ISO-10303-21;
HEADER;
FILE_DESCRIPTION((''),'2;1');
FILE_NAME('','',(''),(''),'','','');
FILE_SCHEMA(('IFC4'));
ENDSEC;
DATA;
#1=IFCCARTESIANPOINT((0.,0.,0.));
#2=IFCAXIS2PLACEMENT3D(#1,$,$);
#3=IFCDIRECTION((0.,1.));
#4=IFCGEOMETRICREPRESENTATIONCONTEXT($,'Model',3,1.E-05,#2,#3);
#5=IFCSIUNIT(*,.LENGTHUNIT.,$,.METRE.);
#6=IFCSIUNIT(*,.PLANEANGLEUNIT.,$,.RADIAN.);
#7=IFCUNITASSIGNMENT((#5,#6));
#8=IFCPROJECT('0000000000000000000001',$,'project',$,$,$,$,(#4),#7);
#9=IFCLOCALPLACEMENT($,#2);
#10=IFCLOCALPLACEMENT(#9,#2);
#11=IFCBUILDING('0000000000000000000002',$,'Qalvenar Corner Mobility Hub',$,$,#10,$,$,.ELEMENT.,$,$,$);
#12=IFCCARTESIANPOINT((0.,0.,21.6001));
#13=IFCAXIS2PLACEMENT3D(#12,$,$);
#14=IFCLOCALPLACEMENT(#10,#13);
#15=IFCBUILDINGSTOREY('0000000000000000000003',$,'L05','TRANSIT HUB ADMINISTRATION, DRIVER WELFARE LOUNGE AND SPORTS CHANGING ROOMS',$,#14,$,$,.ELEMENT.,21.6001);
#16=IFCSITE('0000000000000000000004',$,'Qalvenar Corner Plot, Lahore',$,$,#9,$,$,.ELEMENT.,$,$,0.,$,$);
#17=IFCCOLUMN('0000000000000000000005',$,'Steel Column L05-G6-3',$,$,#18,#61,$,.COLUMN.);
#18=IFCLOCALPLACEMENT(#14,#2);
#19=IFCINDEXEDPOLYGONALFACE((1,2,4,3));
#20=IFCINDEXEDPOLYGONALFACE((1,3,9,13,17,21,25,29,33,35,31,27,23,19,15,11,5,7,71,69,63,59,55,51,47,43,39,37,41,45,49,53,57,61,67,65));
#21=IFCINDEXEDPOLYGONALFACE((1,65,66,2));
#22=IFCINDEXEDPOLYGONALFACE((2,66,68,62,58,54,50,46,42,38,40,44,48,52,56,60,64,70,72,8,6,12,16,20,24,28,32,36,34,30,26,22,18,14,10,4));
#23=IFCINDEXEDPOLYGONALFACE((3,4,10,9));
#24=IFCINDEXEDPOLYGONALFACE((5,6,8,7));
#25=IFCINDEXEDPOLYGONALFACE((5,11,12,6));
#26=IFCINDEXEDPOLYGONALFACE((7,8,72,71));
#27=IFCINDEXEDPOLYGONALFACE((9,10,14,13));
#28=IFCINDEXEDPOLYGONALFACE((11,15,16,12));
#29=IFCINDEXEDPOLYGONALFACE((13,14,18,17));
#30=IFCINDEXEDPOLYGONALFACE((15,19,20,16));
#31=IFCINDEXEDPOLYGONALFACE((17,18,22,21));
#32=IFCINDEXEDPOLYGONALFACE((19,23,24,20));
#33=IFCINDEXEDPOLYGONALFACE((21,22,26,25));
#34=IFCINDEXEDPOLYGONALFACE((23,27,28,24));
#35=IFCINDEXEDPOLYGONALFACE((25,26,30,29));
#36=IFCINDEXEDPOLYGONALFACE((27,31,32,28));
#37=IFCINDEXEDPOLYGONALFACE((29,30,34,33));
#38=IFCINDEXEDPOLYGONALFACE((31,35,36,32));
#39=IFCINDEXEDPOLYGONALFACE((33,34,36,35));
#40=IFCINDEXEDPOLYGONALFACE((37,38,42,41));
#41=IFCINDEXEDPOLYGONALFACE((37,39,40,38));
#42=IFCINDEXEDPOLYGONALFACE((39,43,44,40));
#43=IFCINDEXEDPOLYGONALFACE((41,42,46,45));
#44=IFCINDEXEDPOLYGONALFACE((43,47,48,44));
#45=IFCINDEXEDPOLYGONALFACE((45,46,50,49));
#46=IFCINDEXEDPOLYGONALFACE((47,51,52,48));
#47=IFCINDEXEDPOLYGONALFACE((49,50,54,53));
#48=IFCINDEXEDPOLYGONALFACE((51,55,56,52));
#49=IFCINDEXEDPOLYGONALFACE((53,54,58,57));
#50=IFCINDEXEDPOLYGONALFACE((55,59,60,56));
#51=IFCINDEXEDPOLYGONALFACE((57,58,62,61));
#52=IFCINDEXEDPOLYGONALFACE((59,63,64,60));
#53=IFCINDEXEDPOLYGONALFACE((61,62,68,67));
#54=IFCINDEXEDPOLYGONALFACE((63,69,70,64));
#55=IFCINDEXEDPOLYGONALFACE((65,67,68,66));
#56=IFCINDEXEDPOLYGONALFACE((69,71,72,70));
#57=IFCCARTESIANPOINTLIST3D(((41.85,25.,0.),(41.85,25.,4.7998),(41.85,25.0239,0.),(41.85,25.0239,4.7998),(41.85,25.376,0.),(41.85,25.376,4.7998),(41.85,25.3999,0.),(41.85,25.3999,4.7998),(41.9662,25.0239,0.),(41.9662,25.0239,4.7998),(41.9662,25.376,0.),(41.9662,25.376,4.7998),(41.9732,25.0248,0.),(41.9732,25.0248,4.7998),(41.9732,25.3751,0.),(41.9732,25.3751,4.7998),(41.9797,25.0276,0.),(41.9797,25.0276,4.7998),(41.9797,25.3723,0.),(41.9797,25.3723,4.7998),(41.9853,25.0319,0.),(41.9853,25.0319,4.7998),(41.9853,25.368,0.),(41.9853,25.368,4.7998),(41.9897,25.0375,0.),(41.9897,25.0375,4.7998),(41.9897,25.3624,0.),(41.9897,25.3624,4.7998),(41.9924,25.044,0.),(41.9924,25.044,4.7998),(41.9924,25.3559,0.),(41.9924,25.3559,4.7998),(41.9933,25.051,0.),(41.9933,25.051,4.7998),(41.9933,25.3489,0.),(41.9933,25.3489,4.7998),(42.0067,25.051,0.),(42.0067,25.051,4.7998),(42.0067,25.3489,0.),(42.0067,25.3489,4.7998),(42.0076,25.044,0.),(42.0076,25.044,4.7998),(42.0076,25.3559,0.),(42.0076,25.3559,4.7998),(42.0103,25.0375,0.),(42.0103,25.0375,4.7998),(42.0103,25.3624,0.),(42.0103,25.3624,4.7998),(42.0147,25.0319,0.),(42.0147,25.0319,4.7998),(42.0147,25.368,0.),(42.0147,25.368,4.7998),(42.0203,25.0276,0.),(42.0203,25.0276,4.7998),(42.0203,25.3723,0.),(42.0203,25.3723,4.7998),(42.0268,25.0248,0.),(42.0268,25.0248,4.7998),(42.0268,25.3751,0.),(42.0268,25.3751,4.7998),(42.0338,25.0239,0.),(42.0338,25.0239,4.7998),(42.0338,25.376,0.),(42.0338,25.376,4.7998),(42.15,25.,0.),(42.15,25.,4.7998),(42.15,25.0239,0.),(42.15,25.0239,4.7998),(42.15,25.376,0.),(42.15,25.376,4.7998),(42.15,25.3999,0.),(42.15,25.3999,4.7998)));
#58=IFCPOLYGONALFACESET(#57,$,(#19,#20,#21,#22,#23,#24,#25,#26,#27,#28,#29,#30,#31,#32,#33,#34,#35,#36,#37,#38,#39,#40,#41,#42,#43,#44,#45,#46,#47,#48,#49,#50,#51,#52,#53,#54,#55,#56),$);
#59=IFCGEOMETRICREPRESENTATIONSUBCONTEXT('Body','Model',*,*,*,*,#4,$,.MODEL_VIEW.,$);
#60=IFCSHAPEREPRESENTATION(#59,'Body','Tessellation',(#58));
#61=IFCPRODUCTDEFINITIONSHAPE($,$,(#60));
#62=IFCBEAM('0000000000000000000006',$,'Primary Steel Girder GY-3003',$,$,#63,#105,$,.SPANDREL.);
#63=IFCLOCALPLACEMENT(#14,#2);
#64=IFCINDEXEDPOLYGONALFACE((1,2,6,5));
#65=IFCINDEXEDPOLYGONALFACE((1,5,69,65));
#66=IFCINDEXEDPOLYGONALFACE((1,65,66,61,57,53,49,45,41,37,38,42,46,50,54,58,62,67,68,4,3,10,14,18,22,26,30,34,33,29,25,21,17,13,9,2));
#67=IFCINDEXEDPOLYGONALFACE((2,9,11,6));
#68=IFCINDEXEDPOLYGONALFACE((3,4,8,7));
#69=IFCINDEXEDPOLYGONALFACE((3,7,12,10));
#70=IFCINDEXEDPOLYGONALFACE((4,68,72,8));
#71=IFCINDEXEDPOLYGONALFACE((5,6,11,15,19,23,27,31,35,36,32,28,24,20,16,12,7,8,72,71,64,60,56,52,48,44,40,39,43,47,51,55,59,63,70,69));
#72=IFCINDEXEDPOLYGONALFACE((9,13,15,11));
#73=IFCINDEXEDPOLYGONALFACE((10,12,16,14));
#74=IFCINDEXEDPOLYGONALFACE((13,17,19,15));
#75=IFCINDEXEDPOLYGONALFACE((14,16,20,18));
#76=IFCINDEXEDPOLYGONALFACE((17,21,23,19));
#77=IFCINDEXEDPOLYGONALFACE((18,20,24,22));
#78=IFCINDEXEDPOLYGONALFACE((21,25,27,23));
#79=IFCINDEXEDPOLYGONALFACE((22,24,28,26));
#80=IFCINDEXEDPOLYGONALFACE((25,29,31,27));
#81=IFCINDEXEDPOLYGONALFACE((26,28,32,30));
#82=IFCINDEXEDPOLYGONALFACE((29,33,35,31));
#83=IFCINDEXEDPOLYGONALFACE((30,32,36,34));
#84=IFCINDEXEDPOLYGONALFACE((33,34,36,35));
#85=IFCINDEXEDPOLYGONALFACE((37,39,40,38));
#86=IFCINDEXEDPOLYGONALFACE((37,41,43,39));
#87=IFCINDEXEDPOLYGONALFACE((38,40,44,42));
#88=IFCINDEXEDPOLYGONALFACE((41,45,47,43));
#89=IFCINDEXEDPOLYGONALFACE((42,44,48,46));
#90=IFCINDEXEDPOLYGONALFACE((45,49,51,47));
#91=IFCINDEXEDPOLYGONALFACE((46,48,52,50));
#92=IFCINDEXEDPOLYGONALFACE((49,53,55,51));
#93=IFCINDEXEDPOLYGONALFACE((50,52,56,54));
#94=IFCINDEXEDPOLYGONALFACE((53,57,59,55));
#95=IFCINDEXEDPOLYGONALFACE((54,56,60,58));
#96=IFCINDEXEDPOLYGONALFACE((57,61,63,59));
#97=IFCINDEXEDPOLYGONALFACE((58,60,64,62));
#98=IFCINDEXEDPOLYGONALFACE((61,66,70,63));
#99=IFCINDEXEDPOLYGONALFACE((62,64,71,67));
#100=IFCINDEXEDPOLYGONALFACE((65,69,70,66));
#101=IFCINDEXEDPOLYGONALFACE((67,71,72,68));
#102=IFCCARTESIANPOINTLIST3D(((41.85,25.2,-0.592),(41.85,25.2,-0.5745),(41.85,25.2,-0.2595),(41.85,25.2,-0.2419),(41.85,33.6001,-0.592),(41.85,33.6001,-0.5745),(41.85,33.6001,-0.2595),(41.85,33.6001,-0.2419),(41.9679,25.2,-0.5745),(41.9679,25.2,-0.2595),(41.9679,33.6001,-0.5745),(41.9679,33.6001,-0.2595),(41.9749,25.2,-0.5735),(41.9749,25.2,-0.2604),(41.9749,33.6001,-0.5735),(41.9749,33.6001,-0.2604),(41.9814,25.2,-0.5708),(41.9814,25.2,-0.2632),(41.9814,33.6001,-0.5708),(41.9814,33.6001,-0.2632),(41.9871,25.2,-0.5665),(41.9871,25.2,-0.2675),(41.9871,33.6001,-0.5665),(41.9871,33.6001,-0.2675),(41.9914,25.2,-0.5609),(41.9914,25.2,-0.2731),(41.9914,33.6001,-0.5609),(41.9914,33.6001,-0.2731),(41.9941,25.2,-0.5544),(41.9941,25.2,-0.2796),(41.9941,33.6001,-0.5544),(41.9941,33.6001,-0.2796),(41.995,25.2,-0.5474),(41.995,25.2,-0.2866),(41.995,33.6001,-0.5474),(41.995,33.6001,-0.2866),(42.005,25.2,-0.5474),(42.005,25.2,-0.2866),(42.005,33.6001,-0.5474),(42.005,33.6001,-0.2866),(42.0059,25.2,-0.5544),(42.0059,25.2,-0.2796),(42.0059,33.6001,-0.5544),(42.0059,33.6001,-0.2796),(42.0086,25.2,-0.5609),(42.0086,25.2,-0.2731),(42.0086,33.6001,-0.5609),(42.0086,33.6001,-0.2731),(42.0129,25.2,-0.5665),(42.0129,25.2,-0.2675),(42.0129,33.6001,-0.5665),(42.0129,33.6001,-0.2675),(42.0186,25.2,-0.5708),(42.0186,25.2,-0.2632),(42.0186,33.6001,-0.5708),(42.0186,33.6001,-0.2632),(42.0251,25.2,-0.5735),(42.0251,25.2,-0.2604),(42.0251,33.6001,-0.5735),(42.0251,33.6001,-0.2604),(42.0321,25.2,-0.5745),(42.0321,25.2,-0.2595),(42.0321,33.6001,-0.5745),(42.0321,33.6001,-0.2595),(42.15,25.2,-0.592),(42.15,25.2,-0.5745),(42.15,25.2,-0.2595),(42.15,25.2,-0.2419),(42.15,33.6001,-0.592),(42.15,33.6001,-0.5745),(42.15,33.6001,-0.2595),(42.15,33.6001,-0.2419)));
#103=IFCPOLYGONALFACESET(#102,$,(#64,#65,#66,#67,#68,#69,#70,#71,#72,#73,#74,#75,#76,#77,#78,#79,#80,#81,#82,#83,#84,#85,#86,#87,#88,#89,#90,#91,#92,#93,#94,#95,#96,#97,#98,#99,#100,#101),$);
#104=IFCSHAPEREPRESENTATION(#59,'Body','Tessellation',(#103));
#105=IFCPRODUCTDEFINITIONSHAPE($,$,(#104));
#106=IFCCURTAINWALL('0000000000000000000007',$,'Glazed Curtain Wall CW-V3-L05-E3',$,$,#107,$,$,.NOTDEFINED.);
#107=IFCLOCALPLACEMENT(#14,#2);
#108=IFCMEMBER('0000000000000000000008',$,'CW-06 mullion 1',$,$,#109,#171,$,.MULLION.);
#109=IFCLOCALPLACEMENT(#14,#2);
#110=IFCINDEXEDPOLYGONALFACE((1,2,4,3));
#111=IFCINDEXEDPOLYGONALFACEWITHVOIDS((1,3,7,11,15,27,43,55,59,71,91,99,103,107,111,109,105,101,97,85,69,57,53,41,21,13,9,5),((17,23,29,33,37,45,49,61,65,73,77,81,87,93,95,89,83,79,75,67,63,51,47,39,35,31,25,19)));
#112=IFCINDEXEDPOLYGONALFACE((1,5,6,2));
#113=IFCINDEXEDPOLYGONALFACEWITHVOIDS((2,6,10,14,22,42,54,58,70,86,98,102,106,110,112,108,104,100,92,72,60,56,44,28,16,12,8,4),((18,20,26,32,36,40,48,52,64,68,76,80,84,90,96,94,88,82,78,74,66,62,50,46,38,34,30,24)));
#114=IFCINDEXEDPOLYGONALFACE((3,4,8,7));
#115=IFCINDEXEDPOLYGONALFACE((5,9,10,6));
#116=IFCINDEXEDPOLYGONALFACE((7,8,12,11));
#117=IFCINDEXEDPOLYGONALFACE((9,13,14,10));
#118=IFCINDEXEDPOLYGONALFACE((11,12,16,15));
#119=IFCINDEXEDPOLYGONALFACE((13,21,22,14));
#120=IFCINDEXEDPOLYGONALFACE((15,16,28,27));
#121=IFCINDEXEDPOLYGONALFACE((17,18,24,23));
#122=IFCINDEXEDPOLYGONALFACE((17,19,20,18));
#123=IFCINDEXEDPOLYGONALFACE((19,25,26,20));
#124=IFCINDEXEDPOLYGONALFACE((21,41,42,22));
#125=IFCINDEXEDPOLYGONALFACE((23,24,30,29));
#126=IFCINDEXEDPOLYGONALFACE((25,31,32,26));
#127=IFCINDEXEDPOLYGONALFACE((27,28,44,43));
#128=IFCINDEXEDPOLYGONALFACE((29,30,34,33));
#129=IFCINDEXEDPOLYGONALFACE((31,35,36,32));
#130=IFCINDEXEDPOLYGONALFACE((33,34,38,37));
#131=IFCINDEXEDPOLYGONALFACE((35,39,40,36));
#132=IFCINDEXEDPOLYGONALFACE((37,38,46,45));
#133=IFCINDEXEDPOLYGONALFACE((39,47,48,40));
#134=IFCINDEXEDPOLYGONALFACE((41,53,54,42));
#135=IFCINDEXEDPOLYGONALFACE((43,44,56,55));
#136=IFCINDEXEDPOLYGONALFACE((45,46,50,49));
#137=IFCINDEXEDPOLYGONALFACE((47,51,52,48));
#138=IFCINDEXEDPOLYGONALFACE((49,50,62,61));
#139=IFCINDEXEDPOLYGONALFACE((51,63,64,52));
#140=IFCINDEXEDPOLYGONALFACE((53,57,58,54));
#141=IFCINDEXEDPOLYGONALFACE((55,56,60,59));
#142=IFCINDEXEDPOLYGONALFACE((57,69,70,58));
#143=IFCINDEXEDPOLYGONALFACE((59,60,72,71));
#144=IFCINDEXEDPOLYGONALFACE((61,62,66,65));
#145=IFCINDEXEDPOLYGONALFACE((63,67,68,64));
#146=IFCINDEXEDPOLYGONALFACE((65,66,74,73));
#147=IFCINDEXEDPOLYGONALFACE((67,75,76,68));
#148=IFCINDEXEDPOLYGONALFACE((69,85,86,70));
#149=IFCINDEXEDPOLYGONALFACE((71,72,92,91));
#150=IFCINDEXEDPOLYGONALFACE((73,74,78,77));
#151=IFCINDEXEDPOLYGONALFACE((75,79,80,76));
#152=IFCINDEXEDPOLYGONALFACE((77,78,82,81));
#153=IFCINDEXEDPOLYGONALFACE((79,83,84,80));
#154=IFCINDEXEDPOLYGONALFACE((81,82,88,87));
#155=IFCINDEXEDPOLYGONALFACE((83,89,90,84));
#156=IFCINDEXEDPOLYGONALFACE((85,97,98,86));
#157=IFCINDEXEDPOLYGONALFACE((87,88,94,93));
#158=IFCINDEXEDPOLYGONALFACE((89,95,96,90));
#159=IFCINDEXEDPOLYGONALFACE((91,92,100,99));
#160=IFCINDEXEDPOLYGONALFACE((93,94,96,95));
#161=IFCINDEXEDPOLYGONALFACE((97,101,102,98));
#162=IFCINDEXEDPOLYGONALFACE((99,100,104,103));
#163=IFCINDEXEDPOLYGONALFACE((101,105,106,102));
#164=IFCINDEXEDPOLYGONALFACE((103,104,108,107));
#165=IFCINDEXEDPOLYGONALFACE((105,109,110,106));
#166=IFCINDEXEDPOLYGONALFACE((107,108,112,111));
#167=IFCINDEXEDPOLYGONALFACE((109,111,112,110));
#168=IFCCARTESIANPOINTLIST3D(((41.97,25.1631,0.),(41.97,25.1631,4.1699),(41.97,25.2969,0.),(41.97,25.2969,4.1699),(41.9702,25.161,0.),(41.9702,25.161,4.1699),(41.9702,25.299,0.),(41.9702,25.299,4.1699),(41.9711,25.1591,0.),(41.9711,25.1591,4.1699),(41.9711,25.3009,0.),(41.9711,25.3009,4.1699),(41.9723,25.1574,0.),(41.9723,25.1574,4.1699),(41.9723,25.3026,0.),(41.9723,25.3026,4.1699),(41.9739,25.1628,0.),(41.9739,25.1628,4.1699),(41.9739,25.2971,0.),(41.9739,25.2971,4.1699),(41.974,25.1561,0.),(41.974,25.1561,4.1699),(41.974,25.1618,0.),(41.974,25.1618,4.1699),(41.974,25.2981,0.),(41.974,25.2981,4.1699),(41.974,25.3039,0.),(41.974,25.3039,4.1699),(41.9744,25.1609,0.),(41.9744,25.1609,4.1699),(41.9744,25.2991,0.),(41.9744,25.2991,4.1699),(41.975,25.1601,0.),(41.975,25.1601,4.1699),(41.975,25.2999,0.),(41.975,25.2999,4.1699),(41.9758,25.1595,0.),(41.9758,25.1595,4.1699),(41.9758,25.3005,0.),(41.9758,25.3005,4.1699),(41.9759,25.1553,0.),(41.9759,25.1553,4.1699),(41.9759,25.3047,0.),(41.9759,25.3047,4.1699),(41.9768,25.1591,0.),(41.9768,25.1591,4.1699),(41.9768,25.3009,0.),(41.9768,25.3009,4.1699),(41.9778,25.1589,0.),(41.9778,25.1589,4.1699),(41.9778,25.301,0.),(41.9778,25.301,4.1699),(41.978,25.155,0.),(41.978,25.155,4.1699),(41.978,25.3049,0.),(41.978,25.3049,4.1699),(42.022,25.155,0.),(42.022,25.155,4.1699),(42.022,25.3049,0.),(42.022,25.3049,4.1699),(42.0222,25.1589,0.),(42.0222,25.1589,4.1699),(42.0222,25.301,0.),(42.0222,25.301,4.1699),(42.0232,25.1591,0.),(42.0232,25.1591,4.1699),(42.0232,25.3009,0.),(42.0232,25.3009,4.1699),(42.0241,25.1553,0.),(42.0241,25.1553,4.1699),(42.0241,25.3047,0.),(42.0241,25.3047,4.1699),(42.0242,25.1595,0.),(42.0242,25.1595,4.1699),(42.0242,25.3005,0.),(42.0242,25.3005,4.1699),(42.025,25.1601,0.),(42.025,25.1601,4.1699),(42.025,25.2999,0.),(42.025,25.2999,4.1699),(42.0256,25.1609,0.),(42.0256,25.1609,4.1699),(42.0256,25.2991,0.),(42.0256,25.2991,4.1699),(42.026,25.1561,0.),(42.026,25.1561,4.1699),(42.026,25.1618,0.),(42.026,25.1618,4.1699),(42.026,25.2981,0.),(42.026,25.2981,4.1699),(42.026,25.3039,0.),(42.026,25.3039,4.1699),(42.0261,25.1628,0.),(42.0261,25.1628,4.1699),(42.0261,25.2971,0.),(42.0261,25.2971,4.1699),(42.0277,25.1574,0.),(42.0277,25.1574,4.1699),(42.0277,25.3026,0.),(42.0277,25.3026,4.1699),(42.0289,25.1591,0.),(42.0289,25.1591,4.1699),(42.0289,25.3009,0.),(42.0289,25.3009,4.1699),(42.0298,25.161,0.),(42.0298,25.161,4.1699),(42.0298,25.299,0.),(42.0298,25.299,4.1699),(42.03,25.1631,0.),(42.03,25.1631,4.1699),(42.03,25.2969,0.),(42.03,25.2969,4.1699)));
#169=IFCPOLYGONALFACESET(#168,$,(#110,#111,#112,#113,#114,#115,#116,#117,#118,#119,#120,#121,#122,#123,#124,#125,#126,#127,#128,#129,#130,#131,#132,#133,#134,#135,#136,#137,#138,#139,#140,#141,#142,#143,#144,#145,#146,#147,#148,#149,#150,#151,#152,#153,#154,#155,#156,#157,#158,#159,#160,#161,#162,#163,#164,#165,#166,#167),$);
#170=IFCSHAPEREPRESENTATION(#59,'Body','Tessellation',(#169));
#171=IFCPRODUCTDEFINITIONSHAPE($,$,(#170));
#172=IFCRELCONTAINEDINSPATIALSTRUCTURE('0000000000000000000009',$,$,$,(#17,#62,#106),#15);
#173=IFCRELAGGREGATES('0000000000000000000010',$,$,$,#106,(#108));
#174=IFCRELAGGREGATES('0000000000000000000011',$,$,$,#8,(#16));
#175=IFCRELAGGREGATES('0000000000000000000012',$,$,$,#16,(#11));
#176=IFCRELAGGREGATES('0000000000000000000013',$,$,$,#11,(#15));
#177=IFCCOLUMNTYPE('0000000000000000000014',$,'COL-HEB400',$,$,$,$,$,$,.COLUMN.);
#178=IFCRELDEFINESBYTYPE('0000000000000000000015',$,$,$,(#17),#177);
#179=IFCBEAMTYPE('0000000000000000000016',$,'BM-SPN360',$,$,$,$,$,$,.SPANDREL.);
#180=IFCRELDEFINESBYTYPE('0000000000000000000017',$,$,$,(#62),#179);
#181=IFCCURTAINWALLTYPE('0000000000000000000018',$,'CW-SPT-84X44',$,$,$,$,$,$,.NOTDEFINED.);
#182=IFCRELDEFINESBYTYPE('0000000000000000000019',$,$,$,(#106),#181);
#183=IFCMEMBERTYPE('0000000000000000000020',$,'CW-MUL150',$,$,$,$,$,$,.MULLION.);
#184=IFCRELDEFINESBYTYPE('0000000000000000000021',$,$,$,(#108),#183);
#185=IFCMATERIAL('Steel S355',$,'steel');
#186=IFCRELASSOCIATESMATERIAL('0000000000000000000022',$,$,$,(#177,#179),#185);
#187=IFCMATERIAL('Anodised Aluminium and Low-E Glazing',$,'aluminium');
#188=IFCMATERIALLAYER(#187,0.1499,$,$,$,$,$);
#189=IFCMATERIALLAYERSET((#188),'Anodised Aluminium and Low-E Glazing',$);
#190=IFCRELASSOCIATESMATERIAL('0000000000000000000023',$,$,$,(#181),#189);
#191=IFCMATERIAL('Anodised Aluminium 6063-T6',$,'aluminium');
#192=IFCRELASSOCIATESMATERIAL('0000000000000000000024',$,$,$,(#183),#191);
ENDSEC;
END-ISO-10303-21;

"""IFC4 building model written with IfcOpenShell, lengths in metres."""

from ifc_helpers import new_model, si_unit, direction, frame, origin, origin_2d, place, context, subcontext, project, spatial, hollow_rectangle, i_section, extrude, material, layer, layer_set, material_profile, profile_set, type_object, element, aggregate, save


model = new_model("IFC4")

# Units and contexts
model_context = context("Model", 3, precision=1e-05, world=origin(), true_north=direction((0.0, 1.0)))
body_context = subcontext(model_context, "Body", "Model", "MODEL_VIEW")
ifc_project = project(units=[si_unit("LENGTHUNIT", "METRE"), si_unit("PLANEANGLEUNIT", "RADIAN")], contexts=[model_context])

# Site, building, storey
site_placement = place(None, origin())
site = spatial("IfcSite", under=ifc_project, at=site_placement, Name="Qalvenar Corner Plot, Lahore", CompositionType="ELEMENT", RefElevation=0.0)
building_placement = place(site_placement, origin())
building = spatial("IfcBuilding", under=site, at=building_placement, Name="Qalvenar Corner Mobility Hub", CompositionType="ELEMENT")
storey_placement = place(building_placement, frame((0.0, 0.0, 21.6001)))
storey = spatial("IfcBuildingStorey", under=building, at=storey_placement, Name="L05", Description="TRANSIT HUB ADMINISTRATION, DRIVER WELFARE LOUNGE AND SPORTS CHANGING ROOMS", CompositionType="ELEMENT", Elevation=21.6001)

# Column
ifc_material_1 = material(Name="Steel S355", Category="steel")
ifc_material_profile_1 = material_profile(ifc_material_1, i_section(OverallWidth=0.3, OverallDepth=0.3999, WebThickness=0.0134, FlangeThickness=0.0239, FilletRadius=0.0271, at=origin_2d()), Name="HEB400")
ifc_profile_set_1 = profile_set([ifc_material_profile_1], Name="Steel S355")
column_type = type_object("IfcColumnType", Name="COL-HEB400", PredefinedType="COLUMN", material=ifc_profile_set_1)
column_placement = place(storey_placement, frame((42.0, 25.2, 0.0), z_axis=(0.0, 0.0, 1.0), x_axis=(1.0, 0.0, 0.0)))
element("IfcColumn", 1, at=column_placement, inside=storey, type_object=column_type, Name="Steel Column L05-G6-3", PredefinedType="COLUMN", context=body_context, shape_type="SweptSolid", body=[
    extrude(i_section(OverallWidth=0.3, OverallDepth=0.3999, WebThickness=0.0134, FlangeThickness=0.0239, FilletRadius=0.0271, at=origin_2d()), origin(), (0.0, 0.0, 1.0), 4.7998),
])

# Beam
ifc_material_profile_2 = material_profile(ifc_material_1, i_section(OverallWidth=0.3, OverallDepth=0.3501, WebThickness=0.01, FlangeThickness=0.0176, FilletRadius=0.0271, at=origin_2d()), Name="HEA360")
ifc_profile_set_2 = profile_set([ifc_material_profile_2], Name="Steel S355")
beam_type = type_object("IfcBeamType", Name="BM-SPN360", PredefinedType="SPANDREL", material=ifc_profile_set_2)
beam_placement = place(storey_placement, frame((42.0, 25.2, -0.417), z_axis=(0.0, 1.0, 0.0), x_axis=(-1.0, 0.0, 0.0)))
element("IfcBeam", 2, at=beam_placement, inside=storey, type_object=beam_type, Name="Primary Steel Girder GY-3003", PredefinedType="SPANDREL", context=body_context, shape_type="SweptSolid", body=[
    extrude(i_section(OverallWidth=0.3, OverallDepth=0.3501, WebThickness=0.01, FlangeThickness=0.0176, FilletRadius=0.0271, at=origin_2d()), origin(), (0.0, 0.0, 1.0), 8.4001),
])

# Curtain wall, member
ifc_material_2 = material(Name="Anodised Aluminium and Low-E Glazing", Category="aluminium")
ifc_layer_1 = layer(ifc_material_2, 0.1499)
ifc_layer_set_1 = layer_set([ifc_layer_1], Name="Anodised Aluminium and Low-E Glazing")
curtain_wall_type = type_object("IfcCurtainWallType", Name="CW-SPT-84X44", PredefinedType="NOTDEFINED", material=ifc_layer_set_1)
curtain_wall_placement = place(storey_placement, origin())
curtain_wall = element("IfcCurtainWall", 3, at=curtain_wall_placement, inside=storey, type_object=curtain_wall_type, Name="Glazed Curtain Wall CW-V3-L05-E3", PredefinedType="NOTDEFINED")
ifc_material_3 = material(Name="Anodised Aluminium 6063-T6", Category="aluminium")
ifc_material_profile_3 = material_profile(ifc_material_3, hollow_rectangle(XDim=0.0601, YDim=0.1499, WallThickness=0.0039, InnerFilletRadius=0.0039, OuterFilletRadius=0.0081, at=origin_2d()), Name="RHS150x60x4")
ifc_profile_set_3 = profile_set([ifc_material_profile_3], Name="Anodised Aluminium 6063-T6")
member_type_1 = type_object("IfcMemberType", Name="CW-MUL150", PredefinedType="MULLION", material=ifc_profile_set_3)
member_1_placement = place(storey_placement, frame((42.0, 25.23, 0.0), z_axis=(0.0, 0.0, 1.0), x_axis=(-1.0, 0.0, 0.0)))
member_1 = element("IfcMember", 4, at=member_1_placement, type_object=member_type_1, Name="CW-06 mullion 1", PredefinedType="MULLION", context=body_context, shape_type="SweptSolid", body=[
    extrude(hollow_rectangle(XDim=0.0601, YDim=0.1499, WallThickness=0.0039, InnerFilletRadius=0.0039, OuterFilletRadius=0.0081, at=origin_2d()), origin(), (0.0, 0.0, 1.0), 4.1699),
])
aggregate(curtain_wall, [member_1])

save(model, "model.ifc")
